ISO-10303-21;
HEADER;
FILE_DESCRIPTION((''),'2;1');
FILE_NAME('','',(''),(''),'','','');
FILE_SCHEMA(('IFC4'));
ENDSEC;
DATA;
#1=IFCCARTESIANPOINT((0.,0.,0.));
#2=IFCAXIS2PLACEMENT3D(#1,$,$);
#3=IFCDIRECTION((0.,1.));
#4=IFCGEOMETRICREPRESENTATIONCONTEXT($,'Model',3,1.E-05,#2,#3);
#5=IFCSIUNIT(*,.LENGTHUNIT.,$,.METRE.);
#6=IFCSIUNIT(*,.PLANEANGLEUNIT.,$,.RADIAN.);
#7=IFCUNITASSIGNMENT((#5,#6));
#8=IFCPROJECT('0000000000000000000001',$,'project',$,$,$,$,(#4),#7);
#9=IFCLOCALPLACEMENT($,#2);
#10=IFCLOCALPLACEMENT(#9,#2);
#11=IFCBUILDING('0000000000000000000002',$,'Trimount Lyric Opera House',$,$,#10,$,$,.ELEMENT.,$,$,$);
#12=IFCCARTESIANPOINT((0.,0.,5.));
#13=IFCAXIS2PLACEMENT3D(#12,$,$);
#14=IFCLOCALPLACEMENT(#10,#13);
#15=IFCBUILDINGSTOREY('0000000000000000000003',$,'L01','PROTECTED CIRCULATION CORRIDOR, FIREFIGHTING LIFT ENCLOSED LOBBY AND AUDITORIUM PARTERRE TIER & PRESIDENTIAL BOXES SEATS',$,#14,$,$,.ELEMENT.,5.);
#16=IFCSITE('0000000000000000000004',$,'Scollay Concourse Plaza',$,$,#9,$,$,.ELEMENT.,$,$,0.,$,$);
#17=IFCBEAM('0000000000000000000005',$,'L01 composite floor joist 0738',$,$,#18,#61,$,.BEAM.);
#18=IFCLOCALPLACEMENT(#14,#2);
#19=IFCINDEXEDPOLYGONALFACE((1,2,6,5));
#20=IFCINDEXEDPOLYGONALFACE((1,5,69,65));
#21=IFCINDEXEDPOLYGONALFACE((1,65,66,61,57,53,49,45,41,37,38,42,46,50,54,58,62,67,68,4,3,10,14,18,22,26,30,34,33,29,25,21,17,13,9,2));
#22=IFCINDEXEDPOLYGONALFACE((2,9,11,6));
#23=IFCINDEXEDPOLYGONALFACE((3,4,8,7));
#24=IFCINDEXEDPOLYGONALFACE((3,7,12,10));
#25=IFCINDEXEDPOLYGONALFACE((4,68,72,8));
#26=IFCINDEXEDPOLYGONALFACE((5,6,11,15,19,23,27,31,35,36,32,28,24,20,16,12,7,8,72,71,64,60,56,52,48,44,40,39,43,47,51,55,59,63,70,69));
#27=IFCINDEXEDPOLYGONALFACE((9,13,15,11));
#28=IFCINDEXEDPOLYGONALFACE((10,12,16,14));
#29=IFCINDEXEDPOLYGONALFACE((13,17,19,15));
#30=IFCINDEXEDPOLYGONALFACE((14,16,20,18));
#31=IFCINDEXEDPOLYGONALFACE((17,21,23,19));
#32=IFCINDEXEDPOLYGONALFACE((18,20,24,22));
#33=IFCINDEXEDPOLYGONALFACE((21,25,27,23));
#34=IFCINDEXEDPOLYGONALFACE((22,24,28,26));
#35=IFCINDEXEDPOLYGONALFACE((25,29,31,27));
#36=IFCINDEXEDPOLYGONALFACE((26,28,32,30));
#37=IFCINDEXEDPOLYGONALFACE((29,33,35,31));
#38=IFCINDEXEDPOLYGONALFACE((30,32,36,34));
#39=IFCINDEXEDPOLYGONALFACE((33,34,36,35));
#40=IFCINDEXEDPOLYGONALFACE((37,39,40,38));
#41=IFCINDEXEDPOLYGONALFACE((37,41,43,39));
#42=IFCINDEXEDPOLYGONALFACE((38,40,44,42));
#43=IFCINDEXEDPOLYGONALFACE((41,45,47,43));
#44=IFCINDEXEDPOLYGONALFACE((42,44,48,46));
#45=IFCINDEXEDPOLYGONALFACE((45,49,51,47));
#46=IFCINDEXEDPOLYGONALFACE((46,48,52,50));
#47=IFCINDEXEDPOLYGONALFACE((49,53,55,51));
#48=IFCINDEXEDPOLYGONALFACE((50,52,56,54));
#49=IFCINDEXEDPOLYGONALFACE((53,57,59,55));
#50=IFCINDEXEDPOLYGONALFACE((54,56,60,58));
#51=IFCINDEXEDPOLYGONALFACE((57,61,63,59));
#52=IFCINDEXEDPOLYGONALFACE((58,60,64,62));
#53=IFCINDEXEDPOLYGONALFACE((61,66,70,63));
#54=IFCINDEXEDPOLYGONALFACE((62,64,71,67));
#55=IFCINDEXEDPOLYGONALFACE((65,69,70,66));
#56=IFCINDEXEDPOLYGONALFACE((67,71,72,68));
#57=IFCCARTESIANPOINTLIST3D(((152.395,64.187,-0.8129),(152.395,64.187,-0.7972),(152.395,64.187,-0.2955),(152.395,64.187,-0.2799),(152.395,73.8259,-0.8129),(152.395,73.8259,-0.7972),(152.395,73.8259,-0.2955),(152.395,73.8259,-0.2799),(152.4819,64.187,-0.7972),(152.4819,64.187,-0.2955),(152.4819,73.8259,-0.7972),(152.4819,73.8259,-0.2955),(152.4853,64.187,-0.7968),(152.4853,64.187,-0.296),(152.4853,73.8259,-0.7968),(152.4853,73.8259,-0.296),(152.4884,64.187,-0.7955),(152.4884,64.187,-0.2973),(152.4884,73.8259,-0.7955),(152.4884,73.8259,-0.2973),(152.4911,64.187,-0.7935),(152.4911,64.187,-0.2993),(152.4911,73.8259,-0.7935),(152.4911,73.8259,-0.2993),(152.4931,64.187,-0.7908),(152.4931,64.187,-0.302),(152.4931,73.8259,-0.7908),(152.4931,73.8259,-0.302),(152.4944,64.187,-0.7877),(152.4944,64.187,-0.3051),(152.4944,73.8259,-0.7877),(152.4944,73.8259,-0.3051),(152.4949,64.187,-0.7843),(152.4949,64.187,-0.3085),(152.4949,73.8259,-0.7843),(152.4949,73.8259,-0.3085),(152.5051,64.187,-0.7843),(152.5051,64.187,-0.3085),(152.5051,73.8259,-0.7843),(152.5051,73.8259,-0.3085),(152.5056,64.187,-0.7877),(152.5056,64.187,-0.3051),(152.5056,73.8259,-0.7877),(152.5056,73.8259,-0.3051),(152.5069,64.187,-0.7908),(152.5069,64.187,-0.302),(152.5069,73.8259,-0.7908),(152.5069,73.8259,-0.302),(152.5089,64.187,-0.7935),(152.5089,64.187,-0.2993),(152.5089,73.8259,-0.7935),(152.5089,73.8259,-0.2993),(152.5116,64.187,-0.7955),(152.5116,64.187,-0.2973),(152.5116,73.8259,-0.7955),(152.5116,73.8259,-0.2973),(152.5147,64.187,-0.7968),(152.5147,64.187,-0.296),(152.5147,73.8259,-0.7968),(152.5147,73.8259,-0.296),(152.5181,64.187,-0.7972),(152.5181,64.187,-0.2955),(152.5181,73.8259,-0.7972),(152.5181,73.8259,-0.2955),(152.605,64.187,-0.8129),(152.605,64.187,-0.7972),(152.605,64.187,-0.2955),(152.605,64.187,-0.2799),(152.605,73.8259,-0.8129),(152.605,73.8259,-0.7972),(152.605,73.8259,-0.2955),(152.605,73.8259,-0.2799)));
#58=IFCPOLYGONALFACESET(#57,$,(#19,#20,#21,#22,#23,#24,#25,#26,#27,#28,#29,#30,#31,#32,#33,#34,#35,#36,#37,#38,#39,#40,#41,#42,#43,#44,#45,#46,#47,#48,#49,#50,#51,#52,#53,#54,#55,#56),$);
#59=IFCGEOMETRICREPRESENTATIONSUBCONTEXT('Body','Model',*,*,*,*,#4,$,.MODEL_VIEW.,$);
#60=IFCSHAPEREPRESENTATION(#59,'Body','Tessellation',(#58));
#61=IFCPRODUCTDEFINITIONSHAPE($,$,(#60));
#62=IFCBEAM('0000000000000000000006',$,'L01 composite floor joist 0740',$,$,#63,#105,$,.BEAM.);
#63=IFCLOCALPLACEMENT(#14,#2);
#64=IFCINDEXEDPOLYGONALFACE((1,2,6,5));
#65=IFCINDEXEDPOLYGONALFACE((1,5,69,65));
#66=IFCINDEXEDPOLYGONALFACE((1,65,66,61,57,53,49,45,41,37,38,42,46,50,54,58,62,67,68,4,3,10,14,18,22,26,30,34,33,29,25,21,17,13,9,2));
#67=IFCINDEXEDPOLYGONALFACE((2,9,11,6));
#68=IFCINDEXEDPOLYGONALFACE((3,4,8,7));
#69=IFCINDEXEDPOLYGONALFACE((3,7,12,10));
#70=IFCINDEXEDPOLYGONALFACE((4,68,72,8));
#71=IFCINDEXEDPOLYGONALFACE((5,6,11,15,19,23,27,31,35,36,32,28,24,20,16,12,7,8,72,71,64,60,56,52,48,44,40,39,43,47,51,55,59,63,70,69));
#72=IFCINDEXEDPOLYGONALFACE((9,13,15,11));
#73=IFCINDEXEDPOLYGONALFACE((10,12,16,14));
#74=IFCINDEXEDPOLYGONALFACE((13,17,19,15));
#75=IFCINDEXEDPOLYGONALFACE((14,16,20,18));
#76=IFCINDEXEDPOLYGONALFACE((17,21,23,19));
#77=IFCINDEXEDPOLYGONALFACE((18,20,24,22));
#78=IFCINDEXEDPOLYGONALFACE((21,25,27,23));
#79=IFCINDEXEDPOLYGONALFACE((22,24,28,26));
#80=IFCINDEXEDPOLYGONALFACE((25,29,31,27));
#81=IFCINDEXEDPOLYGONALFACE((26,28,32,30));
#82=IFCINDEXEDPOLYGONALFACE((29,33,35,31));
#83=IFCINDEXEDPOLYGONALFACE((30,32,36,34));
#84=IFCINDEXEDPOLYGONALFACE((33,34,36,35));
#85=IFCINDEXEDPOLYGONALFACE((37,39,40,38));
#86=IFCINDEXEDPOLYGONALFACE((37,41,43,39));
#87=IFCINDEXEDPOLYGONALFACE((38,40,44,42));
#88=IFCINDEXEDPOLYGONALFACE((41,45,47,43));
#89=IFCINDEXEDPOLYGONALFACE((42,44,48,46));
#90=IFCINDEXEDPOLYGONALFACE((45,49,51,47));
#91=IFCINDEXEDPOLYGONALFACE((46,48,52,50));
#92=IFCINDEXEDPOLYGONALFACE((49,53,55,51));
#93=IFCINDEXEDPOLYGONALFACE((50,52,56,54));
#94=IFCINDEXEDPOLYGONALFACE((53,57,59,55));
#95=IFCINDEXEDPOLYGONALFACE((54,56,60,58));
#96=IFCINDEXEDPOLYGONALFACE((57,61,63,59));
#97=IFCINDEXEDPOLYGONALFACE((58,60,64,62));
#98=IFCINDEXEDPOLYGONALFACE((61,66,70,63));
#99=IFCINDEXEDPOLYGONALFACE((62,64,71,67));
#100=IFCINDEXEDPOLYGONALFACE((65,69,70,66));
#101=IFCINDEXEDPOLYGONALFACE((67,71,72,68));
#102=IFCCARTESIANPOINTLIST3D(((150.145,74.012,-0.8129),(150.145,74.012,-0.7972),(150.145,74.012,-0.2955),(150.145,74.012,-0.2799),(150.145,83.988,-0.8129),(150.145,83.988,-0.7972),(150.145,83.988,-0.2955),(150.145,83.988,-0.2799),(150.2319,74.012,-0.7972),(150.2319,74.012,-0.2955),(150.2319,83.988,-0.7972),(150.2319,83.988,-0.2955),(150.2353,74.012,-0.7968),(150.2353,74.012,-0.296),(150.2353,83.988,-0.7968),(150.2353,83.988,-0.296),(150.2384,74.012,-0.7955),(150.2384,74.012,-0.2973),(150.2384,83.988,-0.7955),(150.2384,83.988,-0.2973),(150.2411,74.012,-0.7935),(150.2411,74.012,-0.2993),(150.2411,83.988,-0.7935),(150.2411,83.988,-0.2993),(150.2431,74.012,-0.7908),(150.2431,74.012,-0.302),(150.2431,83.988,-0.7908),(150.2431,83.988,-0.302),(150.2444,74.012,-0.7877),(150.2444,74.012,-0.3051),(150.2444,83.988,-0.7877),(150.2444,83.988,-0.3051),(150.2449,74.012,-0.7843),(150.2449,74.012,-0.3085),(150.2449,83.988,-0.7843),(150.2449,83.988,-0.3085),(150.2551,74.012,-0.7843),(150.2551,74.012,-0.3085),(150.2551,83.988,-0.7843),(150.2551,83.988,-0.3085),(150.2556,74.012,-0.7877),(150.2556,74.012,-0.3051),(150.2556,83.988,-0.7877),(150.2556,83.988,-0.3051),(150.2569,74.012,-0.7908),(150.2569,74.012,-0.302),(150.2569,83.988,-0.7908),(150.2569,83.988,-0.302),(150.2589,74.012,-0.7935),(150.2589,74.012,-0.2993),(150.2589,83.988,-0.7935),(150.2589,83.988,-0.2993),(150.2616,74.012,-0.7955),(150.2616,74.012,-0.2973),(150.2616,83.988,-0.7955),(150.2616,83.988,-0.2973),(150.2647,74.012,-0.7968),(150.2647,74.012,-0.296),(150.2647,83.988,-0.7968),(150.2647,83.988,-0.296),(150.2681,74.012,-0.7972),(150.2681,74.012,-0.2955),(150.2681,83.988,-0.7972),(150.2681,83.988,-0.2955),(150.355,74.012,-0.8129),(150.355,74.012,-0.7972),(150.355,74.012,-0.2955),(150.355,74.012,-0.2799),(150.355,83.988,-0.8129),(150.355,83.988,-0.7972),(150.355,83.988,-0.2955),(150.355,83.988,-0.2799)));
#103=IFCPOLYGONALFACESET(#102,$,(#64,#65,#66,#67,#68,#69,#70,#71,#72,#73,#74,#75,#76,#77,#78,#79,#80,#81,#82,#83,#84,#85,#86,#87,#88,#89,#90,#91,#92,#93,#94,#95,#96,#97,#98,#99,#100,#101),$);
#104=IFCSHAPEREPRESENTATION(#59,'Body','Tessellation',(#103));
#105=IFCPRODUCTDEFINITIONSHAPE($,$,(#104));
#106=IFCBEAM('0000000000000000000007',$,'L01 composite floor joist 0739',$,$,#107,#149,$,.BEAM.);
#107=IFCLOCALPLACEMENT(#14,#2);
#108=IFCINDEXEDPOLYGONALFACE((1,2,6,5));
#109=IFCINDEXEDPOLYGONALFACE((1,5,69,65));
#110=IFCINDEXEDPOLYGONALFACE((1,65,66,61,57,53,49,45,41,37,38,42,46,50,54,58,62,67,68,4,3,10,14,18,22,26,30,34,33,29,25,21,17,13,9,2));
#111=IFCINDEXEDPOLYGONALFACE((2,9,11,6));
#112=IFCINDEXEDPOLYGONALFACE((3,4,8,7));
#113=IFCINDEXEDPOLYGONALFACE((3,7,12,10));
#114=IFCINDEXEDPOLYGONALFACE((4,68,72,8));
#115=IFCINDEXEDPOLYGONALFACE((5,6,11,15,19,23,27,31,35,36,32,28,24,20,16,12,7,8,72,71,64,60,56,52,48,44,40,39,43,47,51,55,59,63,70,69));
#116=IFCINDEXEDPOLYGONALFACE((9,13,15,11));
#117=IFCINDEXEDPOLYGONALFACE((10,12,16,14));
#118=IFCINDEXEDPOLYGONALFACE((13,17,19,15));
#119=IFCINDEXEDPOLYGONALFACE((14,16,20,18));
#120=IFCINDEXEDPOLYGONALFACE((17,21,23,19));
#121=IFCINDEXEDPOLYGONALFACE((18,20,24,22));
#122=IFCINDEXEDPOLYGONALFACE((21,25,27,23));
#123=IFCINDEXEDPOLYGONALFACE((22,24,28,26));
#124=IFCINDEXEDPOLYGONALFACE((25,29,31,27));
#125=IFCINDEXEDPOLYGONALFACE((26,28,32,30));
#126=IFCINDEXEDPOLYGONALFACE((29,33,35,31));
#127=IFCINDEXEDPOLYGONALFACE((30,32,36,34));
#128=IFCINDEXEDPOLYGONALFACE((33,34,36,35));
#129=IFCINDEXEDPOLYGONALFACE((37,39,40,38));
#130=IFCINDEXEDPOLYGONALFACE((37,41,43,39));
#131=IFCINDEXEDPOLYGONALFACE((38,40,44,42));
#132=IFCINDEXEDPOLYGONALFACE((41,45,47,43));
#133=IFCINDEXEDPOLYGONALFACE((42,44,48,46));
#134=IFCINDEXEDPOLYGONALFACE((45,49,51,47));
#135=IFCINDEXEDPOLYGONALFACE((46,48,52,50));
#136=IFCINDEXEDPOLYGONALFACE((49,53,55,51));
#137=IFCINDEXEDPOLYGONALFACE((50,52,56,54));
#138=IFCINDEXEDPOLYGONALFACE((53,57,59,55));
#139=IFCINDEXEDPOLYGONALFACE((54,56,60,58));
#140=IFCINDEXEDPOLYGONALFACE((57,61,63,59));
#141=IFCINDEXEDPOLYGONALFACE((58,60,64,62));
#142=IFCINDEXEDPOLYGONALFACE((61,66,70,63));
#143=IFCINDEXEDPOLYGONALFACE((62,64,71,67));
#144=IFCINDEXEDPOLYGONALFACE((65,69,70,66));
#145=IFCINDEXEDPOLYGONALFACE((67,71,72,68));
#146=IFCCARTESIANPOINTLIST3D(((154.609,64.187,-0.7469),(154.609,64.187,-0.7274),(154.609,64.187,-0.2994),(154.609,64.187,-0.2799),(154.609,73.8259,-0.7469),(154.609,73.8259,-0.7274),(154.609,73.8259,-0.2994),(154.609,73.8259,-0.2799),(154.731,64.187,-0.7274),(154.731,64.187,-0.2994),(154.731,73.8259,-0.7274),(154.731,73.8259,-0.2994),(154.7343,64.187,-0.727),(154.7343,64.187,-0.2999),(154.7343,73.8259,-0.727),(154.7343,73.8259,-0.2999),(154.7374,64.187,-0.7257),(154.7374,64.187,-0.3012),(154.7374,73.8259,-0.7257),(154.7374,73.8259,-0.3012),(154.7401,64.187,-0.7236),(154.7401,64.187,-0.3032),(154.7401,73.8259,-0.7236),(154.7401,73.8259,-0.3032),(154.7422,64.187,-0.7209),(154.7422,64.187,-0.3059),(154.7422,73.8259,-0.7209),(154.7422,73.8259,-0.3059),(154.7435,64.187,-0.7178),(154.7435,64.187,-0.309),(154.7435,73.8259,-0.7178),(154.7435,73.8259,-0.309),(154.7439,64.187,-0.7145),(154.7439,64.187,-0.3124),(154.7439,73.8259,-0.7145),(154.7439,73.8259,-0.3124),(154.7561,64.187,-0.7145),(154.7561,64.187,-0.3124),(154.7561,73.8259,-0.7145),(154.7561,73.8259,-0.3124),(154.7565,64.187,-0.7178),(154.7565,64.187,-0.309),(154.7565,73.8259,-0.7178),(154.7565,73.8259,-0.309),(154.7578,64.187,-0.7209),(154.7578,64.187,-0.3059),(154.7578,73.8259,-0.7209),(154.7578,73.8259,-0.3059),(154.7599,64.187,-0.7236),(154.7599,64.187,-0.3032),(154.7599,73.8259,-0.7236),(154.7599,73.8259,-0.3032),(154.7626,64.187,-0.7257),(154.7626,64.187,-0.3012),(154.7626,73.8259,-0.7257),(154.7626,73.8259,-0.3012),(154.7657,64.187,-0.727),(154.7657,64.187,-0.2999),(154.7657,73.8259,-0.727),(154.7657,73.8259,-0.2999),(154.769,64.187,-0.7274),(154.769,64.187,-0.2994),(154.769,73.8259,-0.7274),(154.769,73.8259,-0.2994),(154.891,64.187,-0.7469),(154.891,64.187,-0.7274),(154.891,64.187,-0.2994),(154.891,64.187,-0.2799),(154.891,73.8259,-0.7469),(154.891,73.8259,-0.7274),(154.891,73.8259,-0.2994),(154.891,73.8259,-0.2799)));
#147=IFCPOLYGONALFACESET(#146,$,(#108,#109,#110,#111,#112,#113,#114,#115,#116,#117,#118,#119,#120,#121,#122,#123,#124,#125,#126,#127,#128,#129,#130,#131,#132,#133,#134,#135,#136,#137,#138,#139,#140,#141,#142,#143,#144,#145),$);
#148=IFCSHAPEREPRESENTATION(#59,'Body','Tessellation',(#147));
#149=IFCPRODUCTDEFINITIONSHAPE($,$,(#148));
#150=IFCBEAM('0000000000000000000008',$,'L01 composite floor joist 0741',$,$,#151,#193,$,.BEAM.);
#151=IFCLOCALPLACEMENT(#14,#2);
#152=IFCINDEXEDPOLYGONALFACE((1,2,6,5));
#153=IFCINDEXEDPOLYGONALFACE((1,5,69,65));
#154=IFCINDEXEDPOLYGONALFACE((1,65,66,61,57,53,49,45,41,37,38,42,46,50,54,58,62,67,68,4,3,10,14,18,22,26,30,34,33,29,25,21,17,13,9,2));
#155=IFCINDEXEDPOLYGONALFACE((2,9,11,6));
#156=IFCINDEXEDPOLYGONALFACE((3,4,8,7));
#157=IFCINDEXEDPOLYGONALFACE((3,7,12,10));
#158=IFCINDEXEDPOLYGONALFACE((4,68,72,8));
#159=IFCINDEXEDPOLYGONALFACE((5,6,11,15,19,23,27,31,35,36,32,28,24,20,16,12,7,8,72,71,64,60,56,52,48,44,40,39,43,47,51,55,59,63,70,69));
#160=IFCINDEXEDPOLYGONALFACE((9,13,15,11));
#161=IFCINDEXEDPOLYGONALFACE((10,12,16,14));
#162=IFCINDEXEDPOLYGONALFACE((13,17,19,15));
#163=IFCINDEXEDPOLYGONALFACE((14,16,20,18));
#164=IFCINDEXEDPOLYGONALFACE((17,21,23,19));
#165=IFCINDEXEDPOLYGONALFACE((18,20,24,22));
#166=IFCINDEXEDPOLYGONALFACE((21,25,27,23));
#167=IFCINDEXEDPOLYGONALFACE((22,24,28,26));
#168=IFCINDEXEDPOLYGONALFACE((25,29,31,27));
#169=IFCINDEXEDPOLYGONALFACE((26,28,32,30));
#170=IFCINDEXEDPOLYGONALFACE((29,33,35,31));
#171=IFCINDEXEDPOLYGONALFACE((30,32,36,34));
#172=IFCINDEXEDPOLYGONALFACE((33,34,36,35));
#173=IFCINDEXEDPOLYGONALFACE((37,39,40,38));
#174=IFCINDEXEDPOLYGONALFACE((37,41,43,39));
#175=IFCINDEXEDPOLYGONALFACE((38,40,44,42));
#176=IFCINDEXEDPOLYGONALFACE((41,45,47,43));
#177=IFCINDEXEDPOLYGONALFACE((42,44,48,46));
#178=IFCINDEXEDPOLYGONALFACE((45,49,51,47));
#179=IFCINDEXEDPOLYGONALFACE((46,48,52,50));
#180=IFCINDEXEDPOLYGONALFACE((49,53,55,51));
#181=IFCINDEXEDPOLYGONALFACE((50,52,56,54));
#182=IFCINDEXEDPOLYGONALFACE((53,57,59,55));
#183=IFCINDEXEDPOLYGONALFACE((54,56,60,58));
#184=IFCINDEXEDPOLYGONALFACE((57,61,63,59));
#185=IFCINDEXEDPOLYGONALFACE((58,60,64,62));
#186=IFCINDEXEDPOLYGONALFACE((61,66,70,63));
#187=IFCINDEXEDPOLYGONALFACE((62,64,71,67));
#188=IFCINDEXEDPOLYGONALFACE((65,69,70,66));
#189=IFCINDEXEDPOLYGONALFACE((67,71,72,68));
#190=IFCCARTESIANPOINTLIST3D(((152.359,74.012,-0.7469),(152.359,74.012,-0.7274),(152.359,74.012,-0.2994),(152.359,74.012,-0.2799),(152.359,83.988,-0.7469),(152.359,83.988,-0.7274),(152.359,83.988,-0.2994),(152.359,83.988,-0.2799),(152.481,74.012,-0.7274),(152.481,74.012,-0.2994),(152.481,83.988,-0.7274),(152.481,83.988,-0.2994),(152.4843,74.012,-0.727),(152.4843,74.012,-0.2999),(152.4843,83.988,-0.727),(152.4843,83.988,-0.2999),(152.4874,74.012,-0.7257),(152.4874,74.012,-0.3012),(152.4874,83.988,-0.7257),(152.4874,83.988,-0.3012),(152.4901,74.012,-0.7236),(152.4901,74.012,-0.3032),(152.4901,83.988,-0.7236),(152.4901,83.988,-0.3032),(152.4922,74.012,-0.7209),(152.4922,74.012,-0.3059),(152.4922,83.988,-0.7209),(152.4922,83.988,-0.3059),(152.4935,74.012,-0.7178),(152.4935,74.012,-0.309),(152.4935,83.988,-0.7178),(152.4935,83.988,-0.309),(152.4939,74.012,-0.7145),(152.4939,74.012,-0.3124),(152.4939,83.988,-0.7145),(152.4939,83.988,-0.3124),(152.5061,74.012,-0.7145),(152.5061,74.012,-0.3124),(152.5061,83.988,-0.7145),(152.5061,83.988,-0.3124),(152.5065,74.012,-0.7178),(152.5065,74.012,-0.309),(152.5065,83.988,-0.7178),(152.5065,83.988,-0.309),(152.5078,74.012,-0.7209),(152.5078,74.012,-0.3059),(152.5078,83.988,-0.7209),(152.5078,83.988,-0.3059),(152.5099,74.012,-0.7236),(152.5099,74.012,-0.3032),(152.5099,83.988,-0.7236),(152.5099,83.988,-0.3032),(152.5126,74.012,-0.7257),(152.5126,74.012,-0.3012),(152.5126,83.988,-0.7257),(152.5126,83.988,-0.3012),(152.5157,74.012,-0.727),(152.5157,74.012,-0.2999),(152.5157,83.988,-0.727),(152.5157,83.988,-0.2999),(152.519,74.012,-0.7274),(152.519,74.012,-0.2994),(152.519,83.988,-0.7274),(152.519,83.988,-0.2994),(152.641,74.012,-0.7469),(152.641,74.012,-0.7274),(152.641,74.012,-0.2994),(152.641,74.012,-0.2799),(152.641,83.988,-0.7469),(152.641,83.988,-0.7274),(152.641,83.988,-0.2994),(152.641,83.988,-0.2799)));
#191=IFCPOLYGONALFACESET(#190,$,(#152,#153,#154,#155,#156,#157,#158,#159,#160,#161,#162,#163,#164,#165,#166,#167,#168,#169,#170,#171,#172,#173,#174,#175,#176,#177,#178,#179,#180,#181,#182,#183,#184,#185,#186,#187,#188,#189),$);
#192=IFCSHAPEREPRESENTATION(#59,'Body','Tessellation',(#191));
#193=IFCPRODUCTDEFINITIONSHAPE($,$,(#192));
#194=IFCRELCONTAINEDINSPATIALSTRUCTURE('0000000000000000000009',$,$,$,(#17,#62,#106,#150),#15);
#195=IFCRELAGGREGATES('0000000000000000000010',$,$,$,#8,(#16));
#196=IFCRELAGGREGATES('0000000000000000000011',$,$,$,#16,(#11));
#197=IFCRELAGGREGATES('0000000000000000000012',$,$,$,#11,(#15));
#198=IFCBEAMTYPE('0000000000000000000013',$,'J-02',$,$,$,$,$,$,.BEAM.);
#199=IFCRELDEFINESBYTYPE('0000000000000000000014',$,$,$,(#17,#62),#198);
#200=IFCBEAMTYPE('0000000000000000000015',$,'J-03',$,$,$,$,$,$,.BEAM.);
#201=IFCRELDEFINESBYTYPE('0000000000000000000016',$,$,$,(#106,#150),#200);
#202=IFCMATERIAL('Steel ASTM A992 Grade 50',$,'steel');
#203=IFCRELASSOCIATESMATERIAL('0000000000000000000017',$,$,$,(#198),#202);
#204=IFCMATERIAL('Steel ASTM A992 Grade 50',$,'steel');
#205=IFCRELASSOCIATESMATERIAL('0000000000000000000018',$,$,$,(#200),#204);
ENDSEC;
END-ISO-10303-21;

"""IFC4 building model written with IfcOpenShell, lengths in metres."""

from ifc_helpers import new_model, si_unit, direction, frame, origin, origin_2d, place, context, subcontext, project, spatial, i_section, extrude, material, material_profile, profile_set, type_object, element, save


model = new_model("IFC4")

# Units and contexts
model_context = context("Model", 3, precision=1e-05, world=origin(), true_north=direction((0.0, 1.0)))
body_context = subcontext(model_context, "Body", "Model", "MODEL_VIEW")
ifc_project = project(units=[si_unit("LENGTHUNIT", "METRE"), si_unit("PLANEANGLEUNIT", "RADIAN")], contexts=[model_context])

# Site, building, storey
site_placement = place(None, origin())
site = spatial("IfcSite", under=ifc_project, at=site_placement, Name="Scollay Concourse Plaza", CompositionType="ELEMENT", RefElevation=0.0)
building_placement = place(site_placement, origin())
building = spatial("IfcBuilding", under=site, at=building_placement, Name="Trimount Lyric Opera House", CompositionType="ELEMENT")
storey_placement = place(building_placement, frame((0.0, 0.0, 5.0)))
storey = spatial("IfcBuildingStorey", under=building, at=storey_placement, Name="L01", Description="PROTECTED CIRCULATION CORRIDOR, FIREFIGHTING LIFT ENCLOSED LOBBY AND AUDITORIUM PARTERRE TIER & PRESIDENTIAL BOXES SEATS", CompositionType="ELEMENT", Elevation=5.0)

# Beams
ifc_material_1 = material(Name="Steel ASTM A992 Grade 50", Category="steel")
ifc_material_profile_1 = material_profile(ifc_material_1, i_section(OverallWidth=0.21, OverallDepth=0.533, WebThickness=0.0103, FlangeThickness=0.0156, FilletRadius=0.0129, at=origin_2d()), Name="W21X62")
ifc_profile_set_1 = profile_set([ifc_material_profile_1], Name="Steel ASTM A992 Grade 50")
beam_type_1 = type_object("IfcBeamType", Name="J-02", PredefinedType="BEAM", material=ifc_profile_set_1)
beam_1_placement = place(storey_placement, frame((152.5, 64.187, -0.5464), z_axis=(0.0, 1.0, 0.0), x_axis=(-1.0, 0.0, 0.0)))
element("IfcBeam", 1, at=beam_1_placement, inside=storey, type_object=beam_type_1, Name="L01 composite floor joist 0738", PredefinedType="BEAM", context=body_context, shape_type="SweptSolid", body=[
    extrude(i_section(OverallWidth=0.21, OverallDepth=0.533, WebThickness=0.0103, FlangeThickness=0.0156, FilletRadius=0.0129, at=origin_2d()), origin(), (0.0, 0.0, 1.0), 9.6389),
])
beam_2_placement = place(storey_placement, frame((150.25, 74.012, -0.5464), z_axis=(0.0, 1.0, 0.0), x_axis=(-1.0, 0.0, 0.0)))
element("IfcBeam", 2, at=beam_2_placement, inside=storey, type_object=beam_type_1, Name="L01 composite floor joist 0740", PredefinedType="BEAM", context=body_context, shape_type="SweptSolid", body=[
    extrude(i_section(OverallWidth=0.21, OverallDepth=0.533, WebThickness=0.0103, FlangeThickness=0.0156, FilletRadius=0.0129, at=origin_2d()), origin(), (0.0, 0.0, 1.0), 9.9761),
])
ifc_material_2 = material(Name="Steel ASTM A992 Grade 50", Category="steel")
ifc_material_profile_2 = material_profile(ifc_material_2, i_section(OverallWidth=0.282, OverallDepth=0.467, WebThickness=0.0122, FlangeThickness=0.0195, FilletRadius=0.0129, at=origin_2d()), Name="W18X86")
ifc_profile_set_2 = profile_set([ifc_material_profile_2], Name="Steel ASTM A992 Grade 50")
beam_type_2 = type_object("IfcBeamType", Name="J-03", PredefinedType="BEAM", material=ifc_profile_set_2)
beam_3_placement = place(storey_placement, frame((154.75, 64.187, -0.5134), z_axis=(0.0, 1.0, 0.0), x_axis=(-1.0, 0.0, 0.0)))
element("IfcBeam", 3, at=beam_3_placement, inside=storey, type_object=beam_type_2, Name="L01 composite floor joist 0739", PredefinedType="BEAM", context=body_context, shape_type="SweptSolid", body=[
    extrude(i_section(OverallWidth=0.282, OverallDepth=0.467, WebThickness=0.0122, FlangeThickness=0.0195, FilletRadius=0.0129, at=origin_2d()), origin(), (0.0, 0.0, 1.0), 9.6389),
])
beam_4_placement = place(storey_placement, frame((152.5, 74.012, -0.5134), z_axis=(0.0, 1.0, 0.0), x_axis=(-1.0, 0.0, 0.0)))
element("IfcBeam", 4, at=beam_4_placement, inside=storey, type_object=beam_type_2, Name="L01 composite floor joist 0741", PredefinedType="BEAM", context=body_context, shape_type="SweptSolid", body=[
    extrude(i_section(OverallWidth=0.282, OverallDepth=0.467, WebThickness=0.0122, FlangeThickness=0.0195, FilletRadius=0.0129, at=origin_2d()), origin(), (0.0, 0.0, 1.0), 9.9761),
])

save(model, "model.ifc")
